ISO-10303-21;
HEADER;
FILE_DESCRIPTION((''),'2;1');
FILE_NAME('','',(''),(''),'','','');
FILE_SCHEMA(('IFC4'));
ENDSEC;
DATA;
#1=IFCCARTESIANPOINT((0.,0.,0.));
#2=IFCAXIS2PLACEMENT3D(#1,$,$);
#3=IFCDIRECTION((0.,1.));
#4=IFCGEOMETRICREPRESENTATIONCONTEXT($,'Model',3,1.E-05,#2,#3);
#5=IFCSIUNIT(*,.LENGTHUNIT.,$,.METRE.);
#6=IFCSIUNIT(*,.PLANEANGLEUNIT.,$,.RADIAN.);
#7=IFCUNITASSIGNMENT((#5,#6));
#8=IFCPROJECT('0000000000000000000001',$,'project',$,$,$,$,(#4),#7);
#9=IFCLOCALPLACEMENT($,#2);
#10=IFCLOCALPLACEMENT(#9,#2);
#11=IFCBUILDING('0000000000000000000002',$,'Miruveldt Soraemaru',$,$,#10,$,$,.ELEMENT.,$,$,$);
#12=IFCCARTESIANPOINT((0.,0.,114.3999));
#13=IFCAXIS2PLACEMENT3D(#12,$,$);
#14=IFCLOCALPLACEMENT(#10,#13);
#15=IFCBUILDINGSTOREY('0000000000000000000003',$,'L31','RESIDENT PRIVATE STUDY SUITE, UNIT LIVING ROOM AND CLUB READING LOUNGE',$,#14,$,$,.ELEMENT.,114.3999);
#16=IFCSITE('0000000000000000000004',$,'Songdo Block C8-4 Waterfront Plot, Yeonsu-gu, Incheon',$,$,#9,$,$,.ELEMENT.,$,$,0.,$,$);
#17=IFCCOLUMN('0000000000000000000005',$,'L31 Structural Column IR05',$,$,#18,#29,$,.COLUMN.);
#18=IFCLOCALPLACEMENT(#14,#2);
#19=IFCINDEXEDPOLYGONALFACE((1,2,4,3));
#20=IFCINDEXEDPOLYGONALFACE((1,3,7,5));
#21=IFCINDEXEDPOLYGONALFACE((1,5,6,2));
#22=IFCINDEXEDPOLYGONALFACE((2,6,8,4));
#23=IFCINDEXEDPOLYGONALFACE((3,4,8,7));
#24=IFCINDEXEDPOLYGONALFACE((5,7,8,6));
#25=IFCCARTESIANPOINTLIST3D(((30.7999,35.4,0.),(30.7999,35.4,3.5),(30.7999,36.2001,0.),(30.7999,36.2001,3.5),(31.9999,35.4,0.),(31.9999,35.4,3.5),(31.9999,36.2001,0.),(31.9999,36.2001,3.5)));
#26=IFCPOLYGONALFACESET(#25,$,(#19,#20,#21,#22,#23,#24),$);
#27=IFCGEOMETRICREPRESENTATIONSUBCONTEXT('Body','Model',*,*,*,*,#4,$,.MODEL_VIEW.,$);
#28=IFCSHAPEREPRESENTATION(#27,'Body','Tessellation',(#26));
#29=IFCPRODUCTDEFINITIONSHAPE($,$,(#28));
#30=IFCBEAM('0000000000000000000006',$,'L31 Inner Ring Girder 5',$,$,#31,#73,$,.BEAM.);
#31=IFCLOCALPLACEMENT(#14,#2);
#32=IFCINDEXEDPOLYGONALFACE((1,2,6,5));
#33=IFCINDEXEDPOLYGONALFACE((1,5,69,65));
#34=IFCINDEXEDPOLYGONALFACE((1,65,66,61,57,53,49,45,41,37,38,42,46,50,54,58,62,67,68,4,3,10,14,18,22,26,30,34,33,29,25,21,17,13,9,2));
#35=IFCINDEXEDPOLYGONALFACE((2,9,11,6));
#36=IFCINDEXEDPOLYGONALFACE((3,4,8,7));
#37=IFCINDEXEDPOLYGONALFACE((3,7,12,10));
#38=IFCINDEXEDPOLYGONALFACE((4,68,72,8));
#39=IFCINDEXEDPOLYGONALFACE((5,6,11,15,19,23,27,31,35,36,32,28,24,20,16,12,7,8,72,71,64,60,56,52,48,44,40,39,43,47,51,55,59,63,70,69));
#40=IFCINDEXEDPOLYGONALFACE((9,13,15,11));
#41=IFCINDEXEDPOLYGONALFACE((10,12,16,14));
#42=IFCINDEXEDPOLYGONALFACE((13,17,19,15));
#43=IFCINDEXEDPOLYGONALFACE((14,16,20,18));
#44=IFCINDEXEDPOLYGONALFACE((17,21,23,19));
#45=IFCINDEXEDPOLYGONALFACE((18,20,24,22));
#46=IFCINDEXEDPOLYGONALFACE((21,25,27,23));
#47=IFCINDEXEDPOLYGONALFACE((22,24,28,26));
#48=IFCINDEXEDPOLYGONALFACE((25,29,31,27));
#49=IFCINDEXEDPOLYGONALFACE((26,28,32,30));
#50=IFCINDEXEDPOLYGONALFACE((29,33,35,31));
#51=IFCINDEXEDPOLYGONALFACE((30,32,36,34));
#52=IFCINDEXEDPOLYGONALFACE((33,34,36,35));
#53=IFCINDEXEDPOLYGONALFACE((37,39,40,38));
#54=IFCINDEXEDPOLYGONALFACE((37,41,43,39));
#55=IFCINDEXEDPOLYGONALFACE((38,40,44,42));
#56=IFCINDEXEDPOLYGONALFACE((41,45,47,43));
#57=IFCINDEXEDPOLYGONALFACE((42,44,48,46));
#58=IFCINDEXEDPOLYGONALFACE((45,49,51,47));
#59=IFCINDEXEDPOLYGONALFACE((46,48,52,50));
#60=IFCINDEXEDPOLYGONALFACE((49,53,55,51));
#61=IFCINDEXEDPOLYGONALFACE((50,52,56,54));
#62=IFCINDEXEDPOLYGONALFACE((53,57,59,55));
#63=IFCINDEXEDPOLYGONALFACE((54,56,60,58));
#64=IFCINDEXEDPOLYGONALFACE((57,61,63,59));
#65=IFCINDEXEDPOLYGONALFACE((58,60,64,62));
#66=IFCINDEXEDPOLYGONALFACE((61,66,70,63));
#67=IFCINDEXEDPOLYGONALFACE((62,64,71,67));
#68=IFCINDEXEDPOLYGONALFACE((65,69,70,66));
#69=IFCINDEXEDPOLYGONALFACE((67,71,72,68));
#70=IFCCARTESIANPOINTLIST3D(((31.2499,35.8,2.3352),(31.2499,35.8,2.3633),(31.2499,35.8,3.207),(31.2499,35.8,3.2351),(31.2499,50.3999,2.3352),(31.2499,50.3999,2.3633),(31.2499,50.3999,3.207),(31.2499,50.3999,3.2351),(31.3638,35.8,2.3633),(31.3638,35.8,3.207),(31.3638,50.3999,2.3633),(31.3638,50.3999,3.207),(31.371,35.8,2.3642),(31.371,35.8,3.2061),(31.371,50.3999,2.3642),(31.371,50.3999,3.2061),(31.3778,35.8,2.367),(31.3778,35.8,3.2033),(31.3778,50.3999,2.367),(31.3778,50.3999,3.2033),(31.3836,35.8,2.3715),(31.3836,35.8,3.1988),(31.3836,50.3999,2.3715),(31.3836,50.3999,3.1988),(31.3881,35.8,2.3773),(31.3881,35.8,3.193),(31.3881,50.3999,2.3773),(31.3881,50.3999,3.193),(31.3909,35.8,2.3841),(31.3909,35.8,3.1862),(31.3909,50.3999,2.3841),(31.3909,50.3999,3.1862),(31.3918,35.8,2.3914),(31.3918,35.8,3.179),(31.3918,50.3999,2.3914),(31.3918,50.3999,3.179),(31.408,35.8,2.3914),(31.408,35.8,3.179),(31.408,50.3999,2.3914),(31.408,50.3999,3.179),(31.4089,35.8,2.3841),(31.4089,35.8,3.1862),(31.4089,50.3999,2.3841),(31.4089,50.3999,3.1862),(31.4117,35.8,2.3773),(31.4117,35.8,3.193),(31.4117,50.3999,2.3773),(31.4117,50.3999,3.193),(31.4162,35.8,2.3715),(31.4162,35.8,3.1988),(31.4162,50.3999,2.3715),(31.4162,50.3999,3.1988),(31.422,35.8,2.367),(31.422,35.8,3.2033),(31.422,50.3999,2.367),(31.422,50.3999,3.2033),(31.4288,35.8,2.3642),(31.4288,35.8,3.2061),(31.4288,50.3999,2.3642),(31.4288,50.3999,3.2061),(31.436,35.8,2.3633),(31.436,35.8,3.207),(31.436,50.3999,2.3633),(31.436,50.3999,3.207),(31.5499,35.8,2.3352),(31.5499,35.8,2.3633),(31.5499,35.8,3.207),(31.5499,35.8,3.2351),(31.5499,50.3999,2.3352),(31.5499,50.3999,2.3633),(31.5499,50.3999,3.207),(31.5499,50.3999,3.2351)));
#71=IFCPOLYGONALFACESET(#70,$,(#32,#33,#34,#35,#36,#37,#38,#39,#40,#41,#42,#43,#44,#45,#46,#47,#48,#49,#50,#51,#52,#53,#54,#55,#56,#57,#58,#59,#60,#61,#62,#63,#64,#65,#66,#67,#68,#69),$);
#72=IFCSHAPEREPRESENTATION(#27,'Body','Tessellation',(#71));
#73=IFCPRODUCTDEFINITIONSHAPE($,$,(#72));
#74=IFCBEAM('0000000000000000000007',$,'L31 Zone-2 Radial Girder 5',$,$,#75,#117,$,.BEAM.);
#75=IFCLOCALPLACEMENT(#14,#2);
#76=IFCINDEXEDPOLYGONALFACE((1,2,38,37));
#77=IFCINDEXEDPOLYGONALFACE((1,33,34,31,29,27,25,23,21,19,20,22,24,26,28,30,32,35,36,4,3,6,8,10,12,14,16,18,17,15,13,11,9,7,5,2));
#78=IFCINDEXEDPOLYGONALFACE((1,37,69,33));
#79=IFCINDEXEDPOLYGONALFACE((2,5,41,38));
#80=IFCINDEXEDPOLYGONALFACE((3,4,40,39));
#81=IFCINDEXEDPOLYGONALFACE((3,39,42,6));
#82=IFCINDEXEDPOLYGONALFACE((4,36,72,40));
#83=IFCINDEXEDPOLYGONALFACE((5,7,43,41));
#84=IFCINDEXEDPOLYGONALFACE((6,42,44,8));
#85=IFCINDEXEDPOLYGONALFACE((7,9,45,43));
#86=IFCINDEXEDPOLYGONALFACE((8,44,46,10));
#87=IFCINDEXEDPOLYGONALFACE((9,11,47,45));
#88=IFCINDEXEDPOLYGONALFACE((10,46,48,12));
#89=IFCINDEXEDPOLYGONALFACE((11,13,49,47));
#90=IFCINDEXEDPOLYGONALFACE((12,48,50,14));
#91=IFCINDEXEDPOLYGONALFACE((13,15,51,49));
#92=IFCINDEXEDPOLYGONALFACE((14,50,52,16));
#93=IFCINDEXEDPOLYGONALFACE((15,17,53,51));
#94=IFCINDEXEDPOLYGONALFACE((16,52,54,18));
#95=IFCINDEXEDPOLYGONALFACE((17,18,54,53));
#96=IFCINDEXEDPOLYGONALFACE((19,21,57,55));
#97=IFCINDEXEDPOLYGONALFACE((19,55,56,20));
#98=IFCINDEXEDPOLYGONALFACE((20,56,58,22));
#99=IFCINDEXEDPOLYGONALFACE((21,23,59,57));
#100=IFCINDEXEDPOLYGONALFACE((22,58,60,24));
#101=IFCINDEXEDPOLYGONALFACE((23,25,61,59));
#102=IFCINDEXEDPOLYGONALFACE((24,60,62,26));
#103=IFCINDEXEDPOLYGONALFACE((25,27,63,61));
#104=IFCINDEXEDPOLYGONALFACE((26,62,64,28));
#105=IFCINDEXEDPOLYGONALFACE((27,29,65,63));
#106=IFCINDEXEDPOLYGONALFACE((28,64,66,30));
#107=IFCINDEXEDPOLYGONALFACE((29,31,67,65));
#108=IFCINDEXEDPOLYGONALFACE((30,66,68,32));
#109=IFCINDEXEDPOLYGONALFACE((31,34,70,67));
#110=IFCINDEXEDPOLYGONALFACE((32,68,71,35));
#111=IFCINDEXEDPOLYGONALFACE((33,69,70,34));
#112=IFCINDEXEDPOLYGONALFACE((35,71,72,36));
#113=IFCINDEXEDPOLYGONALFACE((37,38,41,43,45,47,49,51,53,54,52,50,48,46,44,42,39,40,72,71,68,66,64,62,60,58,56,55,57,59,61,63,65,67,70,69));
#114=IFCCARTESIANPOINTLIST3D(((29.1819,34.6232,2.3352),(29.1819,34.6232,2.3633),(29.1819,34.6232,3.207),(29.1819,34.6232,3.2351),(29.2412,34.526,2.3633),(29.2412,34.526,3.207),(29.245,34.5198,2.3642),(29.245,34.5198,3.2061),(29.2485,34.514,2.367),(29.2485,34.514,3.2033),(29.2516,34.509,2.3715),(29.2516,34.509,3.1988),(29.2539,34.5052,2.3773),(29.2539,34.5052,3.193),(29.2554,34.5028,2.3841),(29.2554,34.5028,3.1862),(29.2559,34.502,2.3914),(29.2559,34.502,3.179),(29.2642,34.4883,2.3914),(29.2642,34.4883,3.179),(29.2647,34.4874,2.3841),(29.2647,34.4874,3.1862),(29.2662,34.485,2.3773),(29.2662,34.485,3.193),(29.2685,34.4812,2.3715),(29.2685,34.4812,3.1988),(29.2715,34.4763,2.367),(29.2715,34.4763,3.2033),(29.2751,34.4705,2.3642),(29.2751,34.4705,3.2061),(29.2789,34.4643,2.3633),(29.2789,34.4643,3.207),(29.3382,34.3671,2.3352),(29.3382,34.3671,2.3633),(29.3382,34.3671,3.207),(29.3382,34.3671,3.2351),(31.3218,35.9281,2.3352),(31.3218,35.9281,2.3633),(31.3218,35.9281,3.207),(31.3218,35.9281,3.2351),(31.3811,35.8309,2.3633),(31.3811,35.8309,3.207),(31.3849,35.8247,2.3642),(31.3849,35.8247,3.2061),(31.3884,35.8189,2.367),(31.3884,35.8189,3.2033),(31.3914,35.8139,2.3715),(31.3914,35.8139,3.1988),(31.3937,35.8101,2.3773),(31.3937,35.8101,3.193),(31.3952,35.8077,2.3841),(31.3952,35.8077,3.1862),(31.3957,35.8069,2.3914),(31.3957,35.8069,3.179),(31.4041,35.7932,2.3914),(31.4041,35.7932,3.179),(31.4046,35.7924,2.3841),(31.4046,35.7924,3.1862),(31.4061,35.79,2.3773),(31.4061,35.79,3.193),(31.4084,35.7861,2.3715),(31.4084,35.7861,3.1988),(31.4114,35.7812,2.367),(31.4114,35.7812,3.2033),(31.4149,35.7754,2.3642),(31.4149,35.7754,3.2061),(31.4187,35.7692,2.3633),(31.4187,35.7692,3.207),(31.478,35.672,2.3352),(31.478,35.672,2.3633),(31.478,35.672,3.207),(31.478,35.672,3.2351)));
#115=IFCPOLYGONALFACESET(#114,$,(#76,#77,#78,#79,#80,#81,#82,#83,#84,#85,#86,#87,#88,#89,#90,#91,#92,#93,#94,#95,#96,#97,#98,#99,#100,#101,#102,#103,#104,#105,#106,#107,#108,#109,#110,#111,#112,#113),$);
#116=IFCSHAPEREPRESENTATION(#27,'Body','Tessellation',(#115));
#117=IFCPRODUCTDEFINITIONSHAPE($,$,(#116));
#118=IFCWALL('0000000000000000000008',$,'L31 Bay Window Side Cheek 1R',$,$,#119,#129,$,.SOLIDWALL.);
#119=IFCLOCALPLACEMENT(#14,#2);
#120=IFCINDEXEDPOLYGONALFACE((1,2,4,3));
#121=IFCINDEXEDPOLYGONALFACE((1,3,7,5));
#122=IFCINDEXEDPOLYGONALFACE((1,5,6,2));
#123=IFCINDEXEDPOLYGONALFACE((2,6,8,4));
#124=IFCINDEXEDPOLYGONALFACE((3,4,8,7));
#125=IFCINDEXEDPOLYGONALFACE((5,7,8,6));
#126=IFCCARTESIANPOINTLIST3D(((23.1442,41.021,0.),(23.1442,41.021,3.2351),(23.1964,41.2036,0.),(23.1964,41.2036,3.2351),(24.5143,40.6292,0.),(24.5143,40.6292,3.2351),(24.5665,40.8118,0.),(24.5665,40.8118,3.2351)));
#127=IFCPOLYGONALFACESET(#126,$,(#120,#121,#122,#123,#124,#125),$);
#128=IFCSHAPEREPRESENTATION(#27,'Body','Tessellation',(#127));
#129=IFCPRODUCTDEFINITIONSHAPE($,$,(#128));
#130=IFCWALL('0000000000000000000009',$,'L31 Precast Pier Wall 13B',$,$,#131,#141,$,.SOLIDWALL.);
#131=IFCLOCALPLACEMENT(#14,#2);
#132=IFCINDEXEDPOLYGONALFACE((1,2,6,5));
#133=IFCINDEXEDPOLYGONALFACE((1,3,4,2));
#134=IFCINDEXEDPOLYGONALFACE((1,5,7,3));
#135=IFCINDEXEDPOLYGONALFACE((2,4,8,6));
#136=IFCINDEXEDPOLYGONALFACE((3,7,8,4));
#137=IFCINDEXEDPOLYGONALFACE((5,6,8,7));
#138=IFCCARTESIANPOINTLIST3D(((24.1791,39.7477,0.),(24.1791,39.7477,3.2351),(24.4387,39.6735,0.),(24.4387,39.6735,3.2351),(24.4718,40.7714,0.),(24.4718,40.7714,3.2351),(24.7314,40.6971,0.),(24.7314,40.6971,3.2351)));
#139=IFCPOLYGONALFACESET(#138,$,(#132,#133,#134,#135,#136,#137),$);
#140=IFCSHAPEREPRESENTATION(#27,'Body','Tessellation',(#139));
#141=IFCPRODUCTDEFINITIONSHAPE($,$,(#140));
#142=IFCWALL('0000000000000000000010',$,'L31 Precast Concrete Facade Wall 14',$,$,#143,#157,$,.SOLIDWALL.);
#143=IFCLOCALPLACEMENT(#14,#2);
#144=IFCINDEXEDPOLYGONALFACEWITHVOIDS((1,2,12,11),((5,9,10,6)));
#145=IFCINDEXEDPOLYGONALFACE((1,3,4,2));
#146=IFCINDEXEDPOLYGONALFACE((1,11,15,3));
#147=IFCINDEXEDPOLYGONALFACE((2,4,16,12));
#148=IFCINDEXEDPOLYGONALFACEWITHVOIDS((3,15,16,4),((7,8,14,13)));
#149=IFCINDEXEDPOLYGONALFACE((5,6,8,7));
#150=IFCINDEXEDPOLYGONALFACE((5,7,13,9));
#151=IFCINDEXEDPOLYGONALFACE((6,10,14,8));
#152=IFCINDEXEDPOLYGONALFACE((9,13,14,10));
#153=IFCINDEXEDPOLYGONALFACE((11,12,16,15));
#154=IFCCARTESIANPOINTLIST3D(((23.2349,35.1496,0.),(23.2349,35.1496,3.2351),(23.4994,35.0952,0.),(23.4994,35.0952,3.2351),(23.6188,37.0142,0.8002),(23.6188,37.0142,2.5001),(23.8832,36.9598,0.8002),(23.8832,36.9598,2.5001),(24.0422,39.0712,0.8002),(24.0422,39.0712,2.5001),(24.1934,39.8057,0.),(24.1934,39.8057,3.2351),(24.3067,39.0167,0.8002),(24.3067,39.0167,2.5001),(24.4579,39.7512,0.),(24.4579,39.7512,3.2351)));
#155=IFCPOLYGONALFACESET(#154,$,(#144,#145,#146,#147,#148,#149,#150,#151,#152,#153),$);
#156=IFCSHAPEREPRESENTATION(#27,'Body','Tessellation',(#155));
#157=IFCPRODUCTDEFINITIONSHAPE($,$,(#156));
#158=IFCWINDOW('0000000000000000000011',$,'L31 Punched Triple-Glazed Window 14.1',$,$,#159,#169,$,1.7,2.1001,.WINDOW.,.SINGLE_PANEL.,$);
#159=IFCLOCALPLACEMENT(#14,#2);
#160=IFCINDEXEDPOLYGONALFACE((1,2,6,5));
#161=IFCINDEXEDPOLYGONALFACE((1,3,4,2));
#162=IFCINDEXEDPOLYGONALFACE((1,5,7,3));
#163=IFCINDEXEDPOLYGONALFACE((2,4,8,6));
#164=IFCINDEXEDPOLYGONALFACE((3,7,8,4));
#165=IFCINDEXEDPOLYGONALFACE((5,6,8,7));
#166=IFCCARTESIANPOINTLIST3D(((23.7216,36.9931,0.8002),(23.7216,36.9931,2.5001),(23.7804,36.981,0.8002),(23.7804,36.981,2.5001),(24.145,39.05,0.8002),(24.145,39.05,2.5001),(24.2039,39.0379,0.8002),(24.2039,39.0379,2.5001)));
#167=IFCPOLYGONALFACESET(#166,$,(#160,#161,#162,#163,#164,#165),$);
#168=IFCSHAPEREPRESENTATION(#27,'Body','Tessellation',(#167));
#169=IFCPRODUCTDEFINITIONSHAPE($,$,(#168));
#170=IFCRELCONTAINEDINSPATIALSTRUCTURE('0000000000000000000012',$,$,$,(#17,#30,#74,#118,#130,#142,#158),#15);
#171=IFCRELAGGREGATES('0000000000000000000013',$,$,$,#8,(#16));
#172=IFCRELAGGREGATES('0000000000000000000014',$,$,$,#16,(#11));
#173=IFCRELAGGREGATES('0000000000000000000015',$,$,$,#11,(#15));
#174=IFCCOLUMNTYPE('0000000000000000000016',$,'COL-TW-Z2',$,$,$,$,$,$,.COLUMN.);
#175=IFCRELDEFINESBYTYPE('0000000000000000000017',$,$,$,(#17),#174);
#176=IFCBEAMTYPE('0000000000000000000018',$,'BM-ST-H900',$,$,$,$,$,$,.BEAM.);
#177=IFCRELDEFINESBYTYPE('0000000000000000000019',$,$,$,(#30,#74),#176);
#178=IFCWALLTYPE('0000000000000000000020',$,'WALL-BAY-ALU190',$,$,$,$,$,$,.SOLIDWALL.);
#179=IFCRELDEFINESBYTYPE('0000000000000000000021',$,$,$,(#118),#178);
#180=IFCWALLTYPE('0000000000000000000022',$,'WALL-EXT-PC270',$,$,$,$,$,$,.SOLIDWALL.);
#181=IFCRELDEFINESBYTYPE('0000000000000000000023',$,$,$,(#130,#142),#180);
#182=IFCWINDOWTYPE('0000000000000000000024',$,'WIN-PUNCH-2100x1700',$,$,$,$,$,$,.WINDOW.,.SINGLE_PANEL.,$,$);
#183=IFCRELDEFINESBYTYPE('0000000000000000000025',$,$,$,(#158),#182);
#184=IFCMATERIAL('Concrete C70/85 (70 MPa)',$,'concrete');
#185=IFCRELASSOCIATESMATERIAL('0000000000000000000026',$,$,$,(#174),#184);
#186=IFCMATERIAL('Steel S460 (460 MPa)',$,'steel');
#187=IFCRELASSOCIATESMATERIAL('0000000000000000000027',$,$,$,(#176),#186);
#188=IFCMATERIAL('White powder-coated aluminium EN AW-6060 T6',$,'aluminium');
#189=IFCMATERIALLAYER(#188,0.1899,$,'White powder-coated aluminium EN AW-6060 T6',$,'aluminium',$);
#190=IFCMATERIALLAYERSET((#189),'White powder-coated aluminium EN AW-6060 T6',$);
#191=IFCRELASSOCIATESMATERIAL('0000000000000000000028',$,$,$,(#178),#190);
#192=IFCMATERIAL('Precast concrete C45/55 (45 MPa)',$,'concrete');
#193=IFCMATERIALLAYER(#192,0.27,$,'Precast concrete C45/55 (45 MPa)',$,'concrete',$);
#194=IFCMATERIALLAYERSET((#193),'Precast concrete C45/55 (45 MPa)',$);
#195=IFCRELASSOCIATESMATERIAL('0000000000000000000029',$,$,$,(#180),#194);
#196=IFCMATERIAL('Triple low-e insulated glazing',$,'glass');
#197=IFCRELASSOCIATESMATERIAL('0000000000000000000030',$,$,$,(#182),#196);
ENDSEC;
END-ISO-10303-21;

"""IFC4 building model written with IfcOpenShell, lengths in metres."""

from ifc_helpers import new_model, si_unit, direction, frame, frame_2d, origin, origin_2d, place, context, subcontext, project, spatial, rectangle, i_section, extrude, material, layer, layer_set, material_profile, profile_set, type_object, element, fill, save


model = new_model("IFC4")

# Units and contexts
model_context = context("Model", 3, precision=1e-05, world=origin(), true_north=direction((0.0, 1.0)))
body_context = subcontext(model_context, "Body", "Model", "MODEL_VIEW")
ifc_project = project(units=[si_unit("LENGTHUNIT", "METRE"), si_unit("PLANEANGLEUNIT", "RADIAN")], contexts=[model_context])

# Site, building, storey
site_placement = place(None, origin())
site = spatial("IfcSite", under=ifc_project, at=site_placement, Name="Songdo Block C8-4 Waterfront Plot, Yeonsu-gu, Incheon", CompositionType="ELEMENT", RefElevation=0.0)
building_placement = place(site_placement, origin())
building = spatial("IfcBuilding", under=site, at=building_placement, Name="Miruveldt Soraemaru", CompositionType="ELEMENT")
storey_placement = place(building_placement, frame((0.0, 0.0, 114.3999)))
storey = spatial("IfcBuildingStorey", under=building, at=storey_placement, Name="L31", Description="RESIDENT PRIVATE STUDY SUITE, UNIT LIVING ROOM AND CLUB READING LOUNGE", CompositionType="ELEMENT", Elevation=114.3999)

# Column
ifc_material_1 = material(Name="Concrete C70/85 (70 MPa)", Category="concrete")
ifc_material_profile_1 = material_profile(ifc_material_1, rectangle(XDim=1.2, YDim=0.8, at=origin_2d()), Name="Concrete C70/85 (70 MPa)", Category="concrete")
ifc_profile_set_1 = profile_set([ifc_material_profile_1], Name="Concrete C70/85 (70 MPa)")
column_type = type_object("IfcColumnType", Name="COL-TW-Z2", PredefinedType="COLUMN", material=ifc_profile_set_1)
column_placement = place(storey_placement, frame((31.3999, 35.8, 0.0), z_axis=(0.0, 0.0, 1.0), x_axis=(1.0, 0.0, 0.0)))
element("IfcColumn", 1, at=column_placement, inside=storey, type_object=column_type, Name="L31 Structural Column IR05", PredefinedType="COLUMN", context=body_context, shape_type="SweptSolid", body=[
    extrude(rectangle(XDim=1.2, YDim=0.8, at=origin_2d()), origin(), (0.0, 0.0, 1.0), 3.5),
])

# Beams
ifc_material_2 = material(Name="Steel S460 (460 MPa)", Category="steel")
ifc_material_profile_2 = material_profile(ifc_material_2, i_section(OverallWidth=0.3, OverallDepth=0.8999, WebThickness=0.0161, FlangeThickness=0.0281, FilletRadius=0.0281, at=origin_2d()), Name="Steel S460 (460 MPa)", Category="steel")
ifc_profile_set_2 = profile_set([ifc_material_profile_2], Name="Steel S460 (460 MPa)")
beam_type = type_object("IfcBeamType", Name="BM-ST-H900", PredefinedType="BEAM", material=ifc_profile_set_2)
beam_1_placement = place(storey_placement, frame((31.3999, 35.8, 2.7852), z_axis=(0.0, 1.0, 0.0), x_axis=(-1.0, 0.0, 0.0)))
element("IfcBeam", 2, at=beam_1_placement, inside=storey, type_object=beam_type, Name="L31 Inner Ring Girder 5", PredefinedType="BEAM", context=body_context, shape_type="SweptSolid", body=[
    extrude(i_section(OverallWidth=0.3, OverallDepth=0.8999, WebThickness=0.0161, FlangeThickness=0.0281, FilletRadius=0.0281, at=origin_2d()), origin(), (0.0, 0.0, 1.0), 14.5999),
])
beam_2_placement = place(storey_placement, frame((31.3999, 35.8, 2.7852), z_axis=(-0.853775, -0.520642, 0.0), x_axis=(0.520642, -0.853775, 0.0)))
element("IfcBeam", 3, at=beam_2_placement, inside=storey, type_object=beam_type, Name="L31 Zone-2 Radial Girder 5", PredefinedType="BEAM", context=body_context, shape_type="SweptSolid", body=[
    extrude(i_section(OverallWidth=0.3, OverallDepth=0.8999, WebThickness=0.0161, FlangeThickness=0.0281, FilletRadius=0.0281, at=origin_2d()), origin(), (0.0, 0.0, 1.0), 2.5063),
])

# Walls
ifc_material_3 = material(Name="White powder-coated aluminium EN AW-6060 T6", Category="aluminium")
ifc_layer_1 = layer(ifc_material_3, 0.1899, Name="White powder-coated aluminium EN AW-6060 T6", Category="aluminium")
ifc_layer_set_1 = layer_set([ifc_layer_1], Name="White powder-coated aluminium EN AW-6060 T6")
wall_type_1 = type_object("IfcWallType", Name="WALL-BAY-ALU190", PredefinedType="SOLIDWALL", material=ifc_layer_set_1)
wall_1_placement = place(storey_placement, frame((23.1704, 41.1123, 0.0), z_axis=(0.0, 0.0, 1.0), x_axis=(0.961453, -0.27497, 0.0)))
element("IfcWall", 4, at=wall_1_placement, inside=storey, type_object=wall_type_1, Name="L31 Bay Window Side Cheek 1R", PredefinedType="SOLIDWALL", context=body_context, shape_type="SweptSolid", body=[
    extrude(rectangle(XDim=1.425, YDim=0.1899, at=frame_2d((0.7124, 0.0))), origin(), (0.0, 0.0, 1.0), 3.2351),
])
ifc_material_4 = material(Name="Precast concrete C45/55 (45 MPa)", Category="concrete")
ifc_layer_2 = layer(ifc_material_4, 0.27, Name="Precast concrete C45/55 (45 MPa)", Category="concrete")
ifc_layer_set_2 = layer_set([ifc_layer_2], Name="Precast concrete C45/55 (45 MPa)")
wall_type_2 = type_object("IfcWallType", Name="WALL-EXT-PC270", PredefinedType="SOLIDWALL", material=ifc_layer_set_2)
wall_2_placement = place(storey_placement, frame((24.6016, 40.7341, 0.0), z_axis=(0.0, 0.0, 1.0), x_axis=(-0.274933, -0.961463, 0.0)))
element("IfcWall", 5, at=wall_2_placement, inside=storey, type_object=wall_type_2, Name="L31 Precast Pier Wall 13B", PredefinedType="SOLIDWALL", context=body_context, shape_type="SweptSolid", body=[
    extrude(rectangle(XDim=1.0647, YDim=0.27, at=frame_2d((0.5322, 0.0))), origin(), (0.0, 0.0, 1.0), 3.2351),
])

# Wall, opening, window
wall_3_placement = place(storey_placement, frame((24.3257, 39.7786, 0.0), z_axis=(0.0, 0.0, 1.0), x_axis=(-0.201634, -0.979461, 0.0)))
wall_3 = element("IfcWall", 6, at=wall_3_placement, inside=storey, type_object=wall_type_2, Name="L31 Precast Concrete Facade Wall 14", PredefinedType="SOLIDWALL", context=body_context, shape_type="SweptSolid", body=[
    extrude(rectangle(XDim=4.7537, YDim=0.27, at=frame_2d((2.377, 0.0))), origin(), (0.0, 0.0, 1.0), 3.2351),
])
opening_1_placement = place(wall_3_placement, frame((0.75, 0.0, 0.8)))
opening_1 = element("IfcOpeningElement", 7, at=opening_1_placement, cuts=wall_3, PredefinedType="OPENING", context=body_context, shape_type="SweptSolid", body=[
    extrude(rectangle(XDim=2.1001, YDim=1.7, at=frame_2d((1.05, 0.8501))), frame((0.0, 0.145, 0.0), z_axis=(0.0, -1.0, 0.0), x_axis=(1.0, 0.0, 0.0)), (0.0, 0.0, 1.0), 0.29),
])
ifc_material_5 = material(Name="Triple low-e insulated glazing", Category="glass")
window_type_1 = type_object("IfcWindowType", Name="WIN-PUNCH-2100x1700", PartitioningType="SINGLE_PANEL", PredefinedType="WINDOW", material=ifc_material_5)
window_1_placement = place(opening_1_placement, origin())
window_1 = element("IfcWindow", 8, at=window_1_placement, inside=storey, type_object=window_type_1, Name="L31 Punched Triple-Glazed Window 14.1", OverallHeight=1.7, OverallWidth=2.1001, PartitioningType="SINGLE_PANEL", PredefinedType="WINDOW", context=body_context, shape_type="SweptSolid", body=[
    extrude(rectangle(XDim=2.1001, YDim=1.7, at=frame_2d((1.05, 0.8501))), frame((0.0, 0.03, 0.0), z_axis=(0.0, -1.0, 0.0), x_axis=(1.0, 0.0, 0.0)), (0.0, 0.0, 1.0), 0.0601),
])
fill(opening_1, window_1)

save(model, "model.ifc")
